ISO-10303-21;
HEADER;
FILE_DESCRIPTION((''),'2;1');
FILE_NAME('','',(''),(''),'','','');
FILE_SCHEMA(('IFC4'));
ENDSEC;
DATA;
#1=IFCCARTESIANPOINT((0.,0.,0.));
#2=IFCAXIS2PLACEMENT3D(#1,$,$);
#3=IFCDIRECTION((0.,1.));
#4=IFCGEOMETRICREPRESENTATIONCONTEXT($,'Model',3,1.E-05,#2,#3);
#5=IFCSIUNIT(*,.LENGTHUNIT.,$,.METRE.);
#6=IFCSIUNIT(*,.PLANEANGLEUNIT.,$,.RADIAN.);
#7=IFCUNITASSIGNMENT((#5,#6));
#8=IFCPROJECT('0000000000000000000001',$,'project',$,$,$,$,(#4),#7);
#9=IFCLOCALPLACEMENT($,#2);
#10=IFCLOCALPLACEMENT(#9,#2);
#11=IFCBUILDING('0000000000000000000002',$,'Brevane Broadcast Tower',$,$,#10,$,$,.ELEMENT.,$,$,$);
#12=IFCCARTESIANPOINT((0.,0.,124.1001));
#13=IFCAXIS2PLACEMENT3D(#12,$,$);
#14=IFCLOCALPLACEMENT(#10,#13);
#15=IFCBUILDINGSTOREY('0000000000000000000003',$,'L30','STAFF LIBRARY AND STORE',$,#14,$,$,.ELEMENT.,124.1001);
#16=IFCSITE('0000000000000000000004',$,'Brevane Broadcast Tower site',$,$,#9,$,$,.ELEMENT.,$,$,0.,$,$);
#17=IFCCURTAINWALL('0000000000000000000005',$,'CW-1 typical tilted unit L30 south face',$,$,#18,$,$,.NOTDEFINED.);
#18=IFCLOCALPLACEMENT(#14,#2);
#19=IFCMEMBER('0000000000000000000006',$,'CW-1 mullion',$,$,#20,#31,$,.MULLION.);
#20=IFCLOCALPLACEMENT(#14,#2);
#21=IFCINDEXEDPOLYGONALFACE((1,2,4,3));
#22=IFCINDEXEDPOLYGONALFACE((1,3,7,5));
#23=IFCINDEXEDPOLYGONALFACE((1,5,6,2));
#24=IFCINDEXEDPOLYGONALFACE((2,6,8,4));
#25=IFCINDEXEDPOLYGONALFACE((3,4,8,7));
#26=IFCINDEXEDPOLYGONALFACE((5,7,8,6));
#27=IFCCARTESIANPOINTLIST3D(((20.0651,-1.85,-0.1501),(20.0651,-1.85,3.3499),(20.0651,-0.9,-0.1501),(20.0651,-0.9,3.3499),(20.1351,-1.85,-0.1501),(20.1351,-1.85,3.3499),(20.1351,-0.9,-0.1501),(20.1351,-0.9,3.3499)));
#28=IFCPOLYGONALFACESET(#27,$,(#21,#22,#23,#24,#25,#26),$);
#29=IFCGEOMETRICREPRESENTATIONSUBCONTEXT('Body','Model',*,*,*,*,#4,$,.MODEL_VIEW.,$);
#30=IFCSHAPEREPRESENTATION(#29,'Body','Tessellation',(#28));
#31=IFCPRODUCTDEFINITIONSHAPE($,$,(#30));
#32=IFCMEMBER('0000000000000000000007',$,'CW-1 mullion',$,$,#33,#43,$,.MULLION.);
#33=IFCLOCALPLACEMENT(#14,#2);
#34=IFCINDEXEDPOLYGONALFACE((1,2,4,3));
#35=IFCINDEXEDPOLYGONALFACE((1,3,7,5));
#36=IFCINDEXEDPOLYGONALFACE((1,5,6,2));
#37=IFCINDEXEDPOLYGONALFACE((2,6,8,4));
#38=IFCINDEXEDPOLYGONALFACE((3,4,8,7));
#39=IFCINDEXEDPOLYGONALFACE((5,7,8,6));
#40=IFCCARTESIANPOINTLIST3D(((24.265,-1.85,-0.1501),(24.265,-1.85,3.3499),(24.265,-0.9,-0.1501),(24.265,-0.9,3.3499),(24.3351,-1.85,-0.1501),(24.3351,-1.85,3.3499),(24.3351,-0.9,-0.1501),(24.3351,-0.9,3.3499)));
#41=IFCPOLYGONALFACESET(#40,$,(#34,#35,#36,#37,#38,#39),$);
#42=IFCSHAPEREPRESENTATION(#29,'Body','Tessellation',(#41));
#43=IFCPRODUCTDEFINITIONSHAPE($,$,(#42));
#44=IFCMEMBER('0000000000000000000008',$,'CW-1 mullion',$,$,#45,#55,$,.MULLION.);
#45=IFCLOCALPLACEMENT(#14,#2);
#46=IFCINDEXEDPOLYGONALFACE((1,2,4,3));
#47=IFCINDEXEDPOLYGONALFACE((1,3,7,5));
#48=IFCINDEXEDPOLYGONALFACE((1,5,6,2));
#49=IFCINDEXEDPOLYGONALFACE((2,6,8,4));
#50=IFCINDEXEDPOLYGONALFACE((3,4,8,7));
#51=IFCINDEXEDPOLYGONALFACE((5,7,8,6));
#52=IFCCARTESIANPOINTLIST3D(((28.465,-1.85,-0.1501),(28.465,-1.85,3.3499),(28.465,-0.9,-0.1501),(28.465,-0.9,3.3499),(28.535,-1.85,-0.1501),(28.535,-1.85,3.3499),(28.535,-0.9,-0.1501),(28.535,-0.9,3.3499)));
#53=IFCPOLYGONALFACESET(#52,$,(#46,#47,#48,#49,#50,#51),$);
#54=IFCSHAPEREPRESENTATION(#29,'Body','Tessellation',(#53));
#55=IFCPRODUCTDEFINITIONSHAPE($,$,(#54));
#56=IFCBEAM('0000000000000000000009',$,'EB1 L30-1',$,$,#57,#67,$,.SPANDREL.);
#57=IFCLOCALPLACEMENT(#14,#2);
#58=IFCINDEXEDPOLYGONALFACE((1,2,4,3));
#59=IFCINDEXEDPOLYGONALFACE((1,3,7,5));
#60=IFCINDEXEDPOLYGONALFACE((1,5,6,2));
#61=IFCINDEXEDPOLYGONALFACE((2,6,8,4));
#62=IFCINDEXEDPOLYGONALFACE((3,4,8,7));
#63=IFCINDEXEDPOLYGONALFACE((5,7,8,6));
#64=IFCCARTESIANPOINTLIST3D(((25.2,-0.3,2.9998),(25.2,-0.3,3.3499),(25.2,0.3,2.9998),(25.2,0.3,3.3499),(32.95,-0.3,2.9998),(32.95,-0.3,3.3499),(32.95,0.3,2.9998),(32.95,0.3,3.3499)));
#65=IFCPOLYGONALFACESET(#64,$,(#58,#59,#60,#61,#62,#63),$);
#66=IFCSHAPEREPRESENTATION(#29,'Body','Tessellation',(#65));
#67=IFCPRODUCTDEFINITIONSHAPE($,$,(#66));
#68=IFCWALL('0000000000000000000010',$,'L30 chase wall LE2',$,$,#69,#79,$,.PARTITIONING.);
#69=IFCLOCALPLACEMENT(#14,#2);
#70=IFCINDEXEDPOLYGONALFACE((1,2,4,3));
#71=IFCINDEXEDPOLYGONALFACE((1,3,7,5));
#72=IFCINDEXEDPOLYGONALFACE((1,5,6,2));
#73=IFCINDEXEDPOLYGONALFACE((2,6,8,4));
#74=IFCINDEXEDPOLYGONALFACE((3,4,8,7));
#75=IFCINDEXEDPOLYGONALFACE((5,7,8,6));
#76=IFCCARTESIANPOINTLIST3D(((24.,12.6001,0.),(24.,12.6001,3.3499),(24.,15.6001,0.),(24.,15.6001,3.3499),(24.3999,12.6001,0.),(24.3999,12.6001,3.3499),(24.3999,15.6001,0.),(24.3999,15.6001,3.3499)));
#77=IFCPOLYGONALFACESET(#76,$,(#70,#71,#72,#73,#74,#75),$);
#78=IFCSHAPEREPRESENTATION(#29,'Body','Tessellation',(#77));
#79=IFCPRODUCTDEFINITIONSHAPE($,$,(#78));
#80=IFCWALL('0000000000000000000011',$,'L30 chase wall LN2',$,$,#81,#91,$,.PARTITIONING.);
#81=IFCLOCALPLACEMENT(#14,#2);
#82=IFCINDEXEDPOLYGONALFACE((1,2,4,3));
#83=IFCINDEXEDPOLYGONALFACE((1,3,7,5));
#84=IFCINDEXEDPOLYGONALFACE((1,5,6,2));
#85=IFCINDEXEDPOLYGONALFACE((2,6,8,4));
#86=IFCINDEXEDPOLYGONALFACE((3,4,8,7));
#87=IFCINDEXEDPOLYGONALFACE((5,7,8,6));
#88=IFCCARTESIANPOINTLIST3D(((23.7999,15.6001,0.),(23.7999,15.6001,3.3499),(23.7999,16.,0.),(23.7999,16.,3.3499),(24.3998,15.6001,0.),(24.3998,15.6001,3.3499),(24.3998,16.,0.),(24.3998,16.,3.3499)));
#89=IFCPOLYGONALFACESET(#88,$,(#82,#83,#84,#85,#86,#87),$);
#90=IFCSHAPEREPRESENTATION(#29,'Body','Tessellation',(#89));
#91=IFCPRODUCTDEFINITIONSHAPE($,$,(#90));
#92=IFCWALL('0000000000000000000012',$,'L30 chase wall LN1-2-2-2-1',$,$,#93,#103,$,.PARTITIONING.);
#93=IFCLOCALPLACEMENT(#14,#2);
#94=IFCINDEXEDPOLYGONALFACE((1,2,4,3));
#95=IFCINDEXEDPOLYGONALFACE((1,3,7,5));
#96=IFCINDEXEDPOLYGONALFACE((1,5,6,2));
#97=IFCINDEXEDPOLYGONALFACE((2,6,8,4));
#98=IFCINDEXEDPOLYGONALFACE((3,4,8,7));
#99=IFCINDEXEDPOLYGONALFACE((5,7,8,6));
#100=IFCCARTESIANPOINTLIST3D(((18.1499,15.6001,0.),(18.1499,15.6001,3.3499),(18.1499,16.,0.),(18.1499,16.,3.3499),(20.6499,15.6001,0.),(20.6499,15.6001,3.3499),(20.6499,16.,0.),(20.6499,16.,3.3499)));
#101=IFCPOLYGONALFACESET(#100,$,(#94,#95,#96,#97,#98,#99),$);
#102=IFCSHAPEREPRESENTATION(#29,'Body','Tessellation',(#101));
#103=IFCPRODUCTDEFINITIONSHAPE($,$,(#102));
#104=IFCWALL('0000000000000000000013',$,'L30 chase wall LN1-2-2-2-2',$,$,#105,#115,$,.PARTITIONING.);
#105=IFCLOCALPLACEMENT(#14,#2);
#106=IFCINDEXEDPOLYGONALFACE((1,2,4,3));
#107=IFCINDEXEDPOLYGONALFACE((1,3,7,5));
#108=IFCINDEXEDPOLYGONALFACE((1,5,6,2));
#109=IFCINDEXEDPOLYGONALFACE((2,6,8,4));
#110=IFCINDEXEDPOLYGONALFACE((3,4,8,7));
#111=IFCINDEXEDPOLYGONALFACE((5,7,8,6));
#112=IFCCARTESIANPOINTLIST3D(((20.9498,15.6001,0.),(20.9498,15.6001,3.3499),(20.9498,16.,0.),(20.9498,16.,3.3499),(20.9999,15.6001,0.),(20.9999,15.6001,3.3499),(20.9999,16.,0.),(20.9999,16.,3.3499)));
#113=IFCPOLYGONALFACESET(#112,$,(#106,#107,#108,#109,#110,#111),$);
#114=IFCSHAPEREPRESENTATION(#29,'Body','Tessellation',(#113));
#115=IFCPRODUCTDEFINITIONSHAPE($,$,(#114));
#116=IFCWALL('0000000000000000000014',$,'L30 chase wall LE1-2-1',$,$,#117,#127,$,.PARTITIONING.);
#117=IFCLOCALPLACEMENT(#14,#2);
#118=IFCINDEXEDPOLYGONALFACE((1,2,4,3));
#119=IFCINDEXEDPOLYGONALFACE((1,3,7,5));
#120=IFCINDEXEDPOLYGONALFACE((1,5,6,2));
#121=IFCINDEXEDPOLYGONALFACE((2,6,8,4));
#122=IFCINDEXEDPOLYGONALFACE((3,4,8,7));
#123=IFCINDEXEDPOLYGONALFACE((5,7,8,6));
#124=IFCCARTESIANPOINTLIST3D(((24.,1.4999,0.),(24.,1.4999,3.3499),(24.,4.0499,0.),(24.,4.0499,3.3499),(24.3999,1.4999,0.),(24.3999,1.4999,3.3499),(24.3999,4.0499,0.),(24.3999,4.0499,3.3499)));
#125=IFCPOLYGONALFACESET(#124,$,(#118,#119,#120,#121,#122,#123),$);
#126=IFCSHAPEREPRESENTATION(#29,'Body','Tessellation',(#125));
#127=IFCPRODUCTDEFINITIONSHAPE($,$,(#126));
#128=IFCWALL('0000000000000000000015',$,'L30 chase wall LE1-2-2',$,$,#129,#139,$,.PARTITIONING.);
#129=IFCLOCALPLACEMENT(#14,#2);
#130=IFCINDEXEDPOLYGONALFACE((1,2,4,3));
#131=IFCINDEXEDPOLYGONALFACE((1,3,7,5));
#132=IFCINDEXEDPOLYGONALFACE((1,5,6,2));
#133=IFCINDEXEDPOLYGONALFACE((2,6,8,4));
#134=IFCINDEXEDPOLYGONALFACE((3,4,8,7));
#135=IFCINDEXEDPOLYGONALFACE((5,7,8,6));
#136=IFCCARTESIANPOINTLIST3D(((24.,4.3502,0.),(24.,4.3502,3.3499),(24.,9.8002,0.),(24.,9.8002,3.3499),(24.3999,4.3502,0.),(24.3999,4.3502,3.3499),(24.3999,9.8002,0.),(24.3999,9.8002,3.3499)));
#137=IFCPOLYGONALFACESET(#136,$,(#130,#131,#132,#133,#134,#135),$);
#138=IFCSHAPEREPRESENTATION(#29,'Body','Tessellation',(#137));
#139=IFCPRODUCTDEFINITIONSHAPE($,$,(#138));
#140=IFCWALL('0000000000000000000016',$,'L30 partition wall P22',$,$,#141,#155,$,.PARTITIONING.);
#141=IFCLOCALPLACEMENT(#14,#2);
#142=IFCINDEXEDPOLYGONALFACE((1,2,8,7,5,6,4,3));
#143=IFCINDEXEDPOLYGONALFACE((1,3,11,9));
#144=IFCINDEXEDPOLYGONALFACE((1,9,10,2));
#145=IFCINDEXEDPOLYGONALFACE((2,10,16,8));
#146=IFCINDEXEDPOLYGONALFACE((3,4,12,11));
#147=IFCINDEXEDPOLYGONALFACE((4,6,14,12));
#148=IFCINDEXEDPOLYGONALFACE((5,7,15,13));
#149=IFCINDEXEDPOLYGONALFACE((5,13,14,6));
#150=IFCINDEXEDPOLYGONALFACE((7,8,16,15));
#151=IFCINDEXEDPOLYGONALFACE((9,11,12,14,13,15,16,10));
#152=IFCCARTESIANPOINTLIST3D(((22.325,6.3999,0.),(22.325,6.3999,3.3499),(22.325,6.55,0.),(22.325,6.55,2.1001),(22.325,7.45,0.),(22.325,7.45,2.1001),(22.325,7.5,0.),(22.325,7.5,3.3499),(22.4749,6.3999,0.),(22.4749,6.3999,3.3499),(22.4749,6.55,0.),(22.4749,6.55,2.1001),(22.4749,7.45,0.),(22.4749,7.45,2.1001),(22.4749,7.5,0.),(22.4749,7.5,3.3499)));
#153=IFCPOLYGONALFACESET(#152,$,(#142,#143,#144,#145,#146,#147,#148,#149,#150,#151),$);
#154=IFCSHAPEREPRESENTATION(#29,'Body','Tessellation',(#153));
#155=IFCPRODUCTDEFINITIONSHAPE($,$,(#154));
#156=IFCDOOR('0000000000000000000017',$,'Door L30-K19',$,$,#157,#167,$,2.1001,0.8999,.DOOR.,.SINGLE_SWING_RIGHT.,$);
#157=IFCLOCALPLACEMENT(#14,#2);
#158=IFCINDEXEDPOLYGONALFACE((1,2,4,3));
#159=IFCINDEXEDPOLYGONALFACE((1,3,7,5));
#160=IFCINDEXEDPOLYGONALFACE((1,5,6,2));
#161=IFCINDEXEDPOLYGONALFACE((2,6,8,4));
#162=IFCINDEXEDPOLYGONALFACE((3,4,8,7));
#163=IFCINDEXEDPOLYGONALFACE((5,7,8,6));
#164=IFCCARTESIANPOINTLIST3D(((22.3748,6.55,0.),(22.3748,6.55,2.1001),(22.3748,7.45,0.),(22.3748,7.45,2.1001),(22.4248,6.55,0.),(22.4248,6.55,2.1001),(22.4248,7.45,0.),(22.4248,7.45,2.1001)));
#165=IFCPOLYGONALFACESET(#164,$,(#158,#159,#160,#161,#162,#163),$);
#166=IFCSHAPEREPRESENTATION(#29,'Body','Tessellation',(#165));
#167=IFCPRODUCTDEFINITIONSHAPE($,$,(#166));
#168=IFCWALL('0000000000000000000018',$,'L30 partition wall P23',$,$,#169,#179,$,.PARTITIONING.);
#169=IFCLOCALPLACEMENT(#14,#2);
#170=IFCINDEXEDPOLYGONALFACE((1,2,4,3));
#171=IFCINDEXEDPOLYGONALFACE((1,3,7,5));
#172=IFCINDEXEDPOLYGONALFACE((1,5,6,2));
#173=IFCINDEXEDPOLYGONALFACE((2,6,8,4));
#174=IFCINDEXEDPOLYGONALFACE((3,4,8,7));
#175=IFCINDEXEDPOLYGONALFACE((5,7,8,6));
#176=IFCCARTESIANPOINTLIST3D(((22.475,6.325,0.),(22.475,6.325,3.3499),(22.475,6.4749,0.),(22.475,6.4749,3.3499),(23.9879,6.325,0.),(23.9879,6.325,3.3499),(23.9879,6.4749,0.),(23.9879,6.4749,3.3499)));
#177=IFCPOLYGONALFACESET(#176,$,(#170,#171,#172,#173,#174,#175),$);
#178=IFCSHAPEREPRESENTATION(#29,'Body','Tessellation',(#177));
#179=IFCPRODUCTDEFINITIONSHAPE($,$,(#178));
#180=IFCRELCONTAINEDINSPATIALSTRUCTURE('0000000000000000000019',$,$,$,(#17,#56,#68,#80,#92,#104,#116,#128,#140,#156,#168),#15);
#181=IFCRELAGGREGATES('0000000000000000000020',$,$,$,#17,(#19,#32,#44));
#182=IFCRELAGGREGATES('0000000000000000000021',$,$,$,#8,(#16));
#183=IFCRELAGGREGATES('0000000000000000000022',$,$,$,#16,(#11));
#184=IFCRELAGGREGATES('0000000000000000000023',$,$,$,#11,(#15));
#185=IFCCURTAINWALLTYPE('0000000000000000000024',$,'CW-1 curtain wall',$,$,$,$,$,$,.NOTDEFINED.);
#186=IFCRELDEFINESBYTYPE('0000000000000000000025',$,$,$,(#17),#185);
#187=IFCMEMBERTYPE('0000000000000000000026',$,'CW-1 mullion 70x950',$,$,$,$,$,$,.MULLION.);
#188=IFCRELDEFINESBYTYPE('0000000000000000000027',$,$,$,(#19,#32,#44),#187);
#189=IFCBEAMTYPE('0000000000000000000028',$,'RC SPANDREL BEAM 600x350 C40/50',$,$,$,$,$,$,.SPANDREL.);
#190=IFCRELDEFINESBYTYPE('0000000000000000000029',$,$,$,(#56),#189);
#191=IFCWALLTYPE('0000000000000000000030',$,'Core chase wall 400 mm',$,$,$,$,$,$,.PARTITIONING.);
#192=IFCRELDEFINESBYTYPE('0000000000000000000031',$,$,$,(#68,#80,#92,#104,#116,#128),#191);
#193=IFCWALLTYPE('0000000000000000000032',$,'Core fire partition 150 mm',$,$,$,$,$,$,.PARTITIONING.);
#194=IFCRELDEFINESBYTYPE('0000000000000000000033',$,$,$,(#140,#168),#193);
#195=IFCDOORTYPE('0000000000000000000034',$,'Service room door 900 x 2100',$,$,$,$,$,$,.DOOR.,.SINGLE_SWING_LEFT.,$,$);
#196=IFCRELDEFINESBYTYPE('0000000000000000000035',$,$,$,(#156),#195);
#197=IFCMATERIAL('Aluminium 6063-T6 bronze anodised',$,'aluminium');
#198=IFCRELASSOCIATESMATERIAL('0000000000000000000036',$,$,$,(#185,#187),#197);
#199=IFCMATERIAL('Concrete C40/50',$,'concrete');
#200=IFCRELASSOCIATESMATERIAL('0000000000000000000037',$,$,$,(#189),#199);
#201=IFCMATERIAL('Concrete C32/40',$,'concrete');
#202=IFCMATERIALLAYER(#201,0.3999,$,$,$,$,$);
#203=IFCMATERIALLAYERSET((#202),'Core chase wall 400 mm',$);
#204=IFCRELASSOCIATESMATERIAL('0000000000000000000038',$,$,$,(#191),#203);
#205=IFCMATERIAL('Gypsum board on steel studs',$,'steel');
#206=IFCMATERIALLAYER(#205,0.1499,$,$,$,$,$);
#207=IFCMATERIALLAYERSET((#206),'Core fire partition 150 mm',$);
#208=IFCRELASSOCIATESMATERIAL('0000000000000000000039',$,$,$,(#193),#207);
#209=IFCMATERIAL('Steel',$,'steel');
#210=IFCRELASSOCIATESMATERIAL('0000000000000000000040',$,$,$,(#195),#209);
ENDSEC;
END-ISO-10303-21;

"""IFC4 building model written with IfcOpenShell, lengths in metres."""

from ifc_helpers import new_model, si_unit, direction, frame, frame_2d, origin, origin_2d, place, context, subcontext, project, spatial, rectangle, extrude, material, layer, layer_set, material_profile, profile_set, type_object, element, fill, aggregate, save


model = new_model("IFC4")

# Units and contexts
model_context = context("Model", 3, precision=1e-05, world=origin(), true_north=direction((0.0, 1.0)))
body_context = subcontext(model_context, "Body", "Model", "MODEL_VIEW")
ifc_project = project(units=[si_unit("LENGTHUNIT", "METRE"), si_unit("PLANEANGLEUNIT", "RADIAN")], contexts=[model_context])

# Site, building, storey
site_placement = place(None, origin())
site = spatial("IfcSite", under=ifc_project, at=site_placement, Name="Brevane Broadcast Tower site", CompositionType="ELEMENT", RefElevation=0.0)
building_placement = place(site_placement, origin())
building = spatial("IfcBuilding", under=site, at=building_placement, Name="Brevane Broadcast Tower", CompositionType="ELEMENT")
storey_placement = place(building_placement, frame((0.0, 0.0, 124.1001)))
storey = spatial("IfcBuildingStorey", under=building, at=storey_placement, Name="L30", Description="STAFF LIBRARY AND STORE", CompositionType="ELEMENT", Elevation=124.1001)

# Curtain wall, members
ifc_material_1 = material(Name="Aluminium 6063-T6 bronze anodised", Category="aluminium")
curtain_wall_type = type_object("IfcCurtainWallType", Name="CW-1 curtain wall", PredefinedType="NOTDEFINED", material=ifc_material_1)
curtain_wall_placement = place(storey_placement, origin())
curtain_wall = element("IfcCurtainWall", 1, at=curtain_wall_placement, inside=storey, type_object=curtain_wall_type, Name="CW-1 typical tilted unit L30 south face", PredefinedType="NOTDEFINED")
ifc_material_profile_1 = material_profile(ifc_material_1, rectangle(XDim=0.95, YDim=0.0701, at=origin_2d()), Name="RECT 70x950")
ifc_profile_set_1 = profile_set([ifc_material_profile_1], Name="Aluminium 6063-T6 bronze anodised")
member_type = type_object("IfcMemberType", Name="CW-1 mullion 70x950", PredefinedType="MULLION", material=ifc_profile_set_1)
member_1_placement = place(storey_placement, frame((20.1001, -1.375, -0.1501), z_axis=(0.0, 0.0, 1.0), x_axis=(0.0, 1.0, 0.0)))
member_1 = element("IfcMember", 2, at=member_1_placement, type_object=member_type, Name="CW-1 mullion", PredefinedType="MULLION", context=body_context, shape_type="SweptSolid", body=[
    extrude(rectangle(XDim=0.95, YDim=0.0701, at=origin_2d()), origin(), (0.0, 0.0, 1.0), 3.5),
])
member_2_placement = place(storey_placement, frame((24.3, -1.375, -0.1501), z_axis=(0.0, 0.0, 1.0), x_axis=(0.0, 1.0, 0.0)))
member_2 = element("IfcMember", 3, at=member_2_placement, type_object=member_type, Name="CW-1 mullion", PredefinedType="MULLION", context=body_context, shape_type="SweptSolid", body=[
    extrude(rectangle(XDim=0.95, YDim=0.0701, at=origin_2d()), origin(), (0.0, 0.0, 1.0), 3.5),
])
member_3_placement = place(storey_placement, frame((28.5, -1.375, -0.1501), z_axis=(0.0, 0.0, 1.0), x_axis=(0.0, 1.0, 0.0)))
member_3 = element("IfcMember", 4, at=member_3_placement, type_object=member_type, Name="CW-1 mullion", PredefinedType="MULLION", context=body_context, shape_type="SweptSolid", body=[
    extrude(rectangle(XDim=0.95, YDim=0.0701, at=origin_2d()), origin(), (0.0, 0.0, 1.0), 3.5),
])
aggregate(curtain_wall, [member_1, member_2, member_3])

# Beam
ifc_material_2 = material(Name="Concrete C40/50", Category="concrete")
ifc_material_profile_2 = material_profile(ifc_material_2, rectangle(XDim=0.6001, YDim=0.3501, at=origin_2d()), Name="RC 600x350")
ifc_profile_set_2 = profile_set([ifc_material_profile_2], Name="Concrete C40/50")
beam_type = type_object("IfcBeamType", Name="RC SPANDREL BEAM 600x350 C40/50", PredefinedType="SPANDREL", material=ifc_profile_set_2)
beam_placement = place(storey_placement, frame((25.2, 0.0, 3.1748), z_axis=(1.0, 0.0, 0.0), x_axis=(0.0, 1.0, 0.0)))
element("IfcBeam", 5, at=beam_placement, inside=storey, type_object=beam_type, Name="EB1 L30-1", PredefinedType="SPANDREL", context=body_context, shape_type="SweptSolid", body=[
    extrude(rectangle(XDim=0.6001, YDim=0.3501, at=origin_2d()), origin(), (0.0, 0.0, 1.0), 7.75),
])

# Walls
ifc_material_3 = material(Name="Concrete C32/40", Category="concrete")
ifc_layer_1 = layer(ifc_material_3, 0.3999)
ifc_layer_set_1 = layer_set([ifc_layer_1], Name="Core chase wall 400 mm")
wall_type_1 = type_object("IfcWallType", Name="Core chase wall 400 mm", PredefinedType="PARTITIONING", material=ifc_layer_set_1)
wall_1_placement = place(storey_placement, frame((24.2, 12.6001, 0.0), z_axis=(0.0, 0.0, 1.0), x_axis=(0.0, 1.0, 0.0)))
element("IfcWall", 6, at=wall_1_placement, inside=storey, type_object=wall_type_1, Name="L30 chase wall LE2", PredefinedType="PARTITIONING", context=body_context, shape_type="SweptSolid", body=[
    extrude(rectangle(XDim=3.0, YDim=0.3999, at=frame_2d((1.5, 0.0))), origin(), (0.0, 0.0, 1.0), 3.3499),
])
wall_2_placement = place(storey_placement, frame((23.8, 15.8, 0.0), z_axis=(0.0, 0.0, 1.0), x_axis=(1.0, 0.0, 0.0)))
element("IfcWall", 7, at=wall_2_placement, inside=storey, type_object=wall_type_1, Name="L30 chase wall LN2", PredefinedType="PARTITIONING", context=body_context, shape_type="SweptSolid", body=[
    extrude(rectangle(XDim=0.5999, YDim=0.3999, at=frame_2d((0.2998, 0.0))), origin(), (0.0, 0.0, 1.0), 3.3499),
])
wall_3_placement = place(storey_placement, frame((18.1499, 15.8, 0.0), z_axis=(0.0, 0.0, 1.0), x_axis=(1.0, 0.0, 0.0)))
element("IfcWall", 8, at=wall_3_placement, inside=storey, type_object=wall_type_1, Name="L30 chase wall LN1-2-2-2-1", PredefinedType="PARTITIONING", context=body_context, shape_type="SweptSolid", body=[
    extrude(rectangle(XDim=2.5, YDim=0.3999, at=frame_2d((1.25, 0.0))), origin(), (0.0, 0.0, 1.0), 3.3499),
])
wall_4_placement = place(storey_placement, frame((20.95, 15.8, 0.0), z_axis=(0.0, 0.0, 1.0), x_axis=(1.0, 0.0, 0.0)))
element("IfcWall", 9, at=wall_4_placement, inside=storey, type_object=wall_type_1, Name="L30 chase wall LN1-2-2-2-2", PredefinedType="PARTITIONING", context=body_context, shape_type="SweptSolid", body=[
    extrude(rectangle(XDim=0.05, YDim=0.3999, at=frame_2d((0.0249, 0.0))), origin(), (0.0, 0.0, 1.0), 3.3499),
])
wall_5_placement = place(storey_placement, frame((24.2, 1.5, 0.0), z_axis=(0.0, 0.0, 1.0), x_axis=(0.0, 1.0, 0.0)))
element("IfcWall", 10, at=wall_5_placement, inside=storey, type_object=wall_type_1, Name="L30 chase wall LE1-2-1", PredefinedType="PARTITIONING", context=body_context, shape_type="SweptSolid", body=[
    extrude(rectangle(XDim=2.55, YDim=0.3999, at=frame_2d((1.2749, 0.0))), origin(), (0.0, 0.0, 1.0), 3.3499),
])
wall_6_placement = place(storey_placement, frame((24.2, 4.3501, 0.0), z_axis=(0.0, 0.0, 1.0), x_axis=(0.0, 1.0, 0.0)))
element("IfcWall", 11, at=wall_6_placement, inside=storey, type_object=wall_type_1, Name="L30 chase wall LE1-2-2", PredefinedType="PARTITIONING", context=body_context, shape_type="SweptSolid", body=[
    extrude(rectangle(XDim=5.45, YDim=0.3999, at=frame_2d((2.7251, 0.0))), origin(), (0.0, 0.0, 1.0), 3.3499),
])

# Wall, opening, door
ifc_material_4 = material(Name="Gypsum board on steel studs", Category="steel")
ifc_layer_2 = layer(ifc_material_4, 0.1499)
ifc_layer_set_2 = layer_set([ifc_layer_2], Name="Core fire partition 150 mm")
wall_type_2 = type_object("IfcWallType", Name="Core fire partition 150 mm", PredefinedType="PARTITIONING", material=ifc_layer_set_2)
wall_7_placement = place(storey_placement, frame((22.3999, 7.5, 0.0), z_axis=(0.0, 0.0, 1.0), x_axis=(0.0, -1.0, 0.0)))
wall_7 = element("IfcWall", 12, at=wall_7_placement, inside=storey, type_object=wall_type_2, Name="L30 partition wall P22", PredefinedType="PARTITIONING", context=body_context, shape_type="SweptSolid", body=[
    extrude(rectangle(XDim=1.1001, YDim=0.1499, at=frame_2d((0.55, 0.0))), origin(), (0.0, 0.0, 1.0), 3.3499),
])
opening_1_placement = place(wall_7_placement, frame((0.05, 0.0, 0.0)))
opening_1 = element("IfcOpeningElement", 13, at=opening_1_placement, cuts=wall_7, PredefinedType="OPENING", context=body_context, shape_type="SweptSolid", body=[
    extrude(rectangle(XDim=0.8999, YDim=2.1001, at=frame_2d((0.45, 1.05))), frame((0.0, 0.085, 0.0), z_axis=(0.0, -1.0, 0.0), x_axis=(1.0, 0.0, 0.0)), (0.0, 0.0, 1.0), 0.1699),
])
ifc_material_5 = material(Name="Steel", Category="steel")
door_type = type_object("IfcDoorType", Name="Service room door 900 x 2100", OperationType="SINGLE_SWING_LEFT", PredefinedType="DOOR", material=ifc_material_5)
door_1_placement = place(opening_1_placement, origin())
door_1 = element("IfcDoor", 14, at=door_1_placement, inside=storey, type_object=door_type, Name="Door L30-K19", OperationType="SINGLE_SWING_RIGHT", OverallHeight=2.1001, OverallWidth=0.8999, PredefinedType="DOOR", context=body_context, shape_type="SweptSolid", body=[
    extrude(rectangle(XDim=0.8999, YDim=2.1001, at=frame_2d((0.45, 1.05))), frame((0.0, 0.0249, 0.0), z_axis=(0.0, -1.0, 0.0), x_axis=(1.0, 0.0, 0.0)), (0.0, 0.0, 1.0), 0.05),
])
fill(opening_1, door_1)

# Wall
wall_8_placement = place(storey_placement, frame((22.4751, 6.3999, 0.0), z_axis=(0.0, 0.0, 1.0), x_axis=(1.0, 0.0, 0.0)))
element("IfcWall", 15, at=wall_8_placement, inside=storey, type_object=wall_type_2, Name="L30 partition wall P23", PredefinedType="PARTITIONING", context=body_context, shape_type="SweptSolid", body=[
    extrude(rectangle(XDim=1.5129, YDim=0.1499, at=frame_2d((0.7563, 0.0))), origin(), (0.0, 0.0, 1.0), 3.3499),
])

save(model, "model.ifc")
